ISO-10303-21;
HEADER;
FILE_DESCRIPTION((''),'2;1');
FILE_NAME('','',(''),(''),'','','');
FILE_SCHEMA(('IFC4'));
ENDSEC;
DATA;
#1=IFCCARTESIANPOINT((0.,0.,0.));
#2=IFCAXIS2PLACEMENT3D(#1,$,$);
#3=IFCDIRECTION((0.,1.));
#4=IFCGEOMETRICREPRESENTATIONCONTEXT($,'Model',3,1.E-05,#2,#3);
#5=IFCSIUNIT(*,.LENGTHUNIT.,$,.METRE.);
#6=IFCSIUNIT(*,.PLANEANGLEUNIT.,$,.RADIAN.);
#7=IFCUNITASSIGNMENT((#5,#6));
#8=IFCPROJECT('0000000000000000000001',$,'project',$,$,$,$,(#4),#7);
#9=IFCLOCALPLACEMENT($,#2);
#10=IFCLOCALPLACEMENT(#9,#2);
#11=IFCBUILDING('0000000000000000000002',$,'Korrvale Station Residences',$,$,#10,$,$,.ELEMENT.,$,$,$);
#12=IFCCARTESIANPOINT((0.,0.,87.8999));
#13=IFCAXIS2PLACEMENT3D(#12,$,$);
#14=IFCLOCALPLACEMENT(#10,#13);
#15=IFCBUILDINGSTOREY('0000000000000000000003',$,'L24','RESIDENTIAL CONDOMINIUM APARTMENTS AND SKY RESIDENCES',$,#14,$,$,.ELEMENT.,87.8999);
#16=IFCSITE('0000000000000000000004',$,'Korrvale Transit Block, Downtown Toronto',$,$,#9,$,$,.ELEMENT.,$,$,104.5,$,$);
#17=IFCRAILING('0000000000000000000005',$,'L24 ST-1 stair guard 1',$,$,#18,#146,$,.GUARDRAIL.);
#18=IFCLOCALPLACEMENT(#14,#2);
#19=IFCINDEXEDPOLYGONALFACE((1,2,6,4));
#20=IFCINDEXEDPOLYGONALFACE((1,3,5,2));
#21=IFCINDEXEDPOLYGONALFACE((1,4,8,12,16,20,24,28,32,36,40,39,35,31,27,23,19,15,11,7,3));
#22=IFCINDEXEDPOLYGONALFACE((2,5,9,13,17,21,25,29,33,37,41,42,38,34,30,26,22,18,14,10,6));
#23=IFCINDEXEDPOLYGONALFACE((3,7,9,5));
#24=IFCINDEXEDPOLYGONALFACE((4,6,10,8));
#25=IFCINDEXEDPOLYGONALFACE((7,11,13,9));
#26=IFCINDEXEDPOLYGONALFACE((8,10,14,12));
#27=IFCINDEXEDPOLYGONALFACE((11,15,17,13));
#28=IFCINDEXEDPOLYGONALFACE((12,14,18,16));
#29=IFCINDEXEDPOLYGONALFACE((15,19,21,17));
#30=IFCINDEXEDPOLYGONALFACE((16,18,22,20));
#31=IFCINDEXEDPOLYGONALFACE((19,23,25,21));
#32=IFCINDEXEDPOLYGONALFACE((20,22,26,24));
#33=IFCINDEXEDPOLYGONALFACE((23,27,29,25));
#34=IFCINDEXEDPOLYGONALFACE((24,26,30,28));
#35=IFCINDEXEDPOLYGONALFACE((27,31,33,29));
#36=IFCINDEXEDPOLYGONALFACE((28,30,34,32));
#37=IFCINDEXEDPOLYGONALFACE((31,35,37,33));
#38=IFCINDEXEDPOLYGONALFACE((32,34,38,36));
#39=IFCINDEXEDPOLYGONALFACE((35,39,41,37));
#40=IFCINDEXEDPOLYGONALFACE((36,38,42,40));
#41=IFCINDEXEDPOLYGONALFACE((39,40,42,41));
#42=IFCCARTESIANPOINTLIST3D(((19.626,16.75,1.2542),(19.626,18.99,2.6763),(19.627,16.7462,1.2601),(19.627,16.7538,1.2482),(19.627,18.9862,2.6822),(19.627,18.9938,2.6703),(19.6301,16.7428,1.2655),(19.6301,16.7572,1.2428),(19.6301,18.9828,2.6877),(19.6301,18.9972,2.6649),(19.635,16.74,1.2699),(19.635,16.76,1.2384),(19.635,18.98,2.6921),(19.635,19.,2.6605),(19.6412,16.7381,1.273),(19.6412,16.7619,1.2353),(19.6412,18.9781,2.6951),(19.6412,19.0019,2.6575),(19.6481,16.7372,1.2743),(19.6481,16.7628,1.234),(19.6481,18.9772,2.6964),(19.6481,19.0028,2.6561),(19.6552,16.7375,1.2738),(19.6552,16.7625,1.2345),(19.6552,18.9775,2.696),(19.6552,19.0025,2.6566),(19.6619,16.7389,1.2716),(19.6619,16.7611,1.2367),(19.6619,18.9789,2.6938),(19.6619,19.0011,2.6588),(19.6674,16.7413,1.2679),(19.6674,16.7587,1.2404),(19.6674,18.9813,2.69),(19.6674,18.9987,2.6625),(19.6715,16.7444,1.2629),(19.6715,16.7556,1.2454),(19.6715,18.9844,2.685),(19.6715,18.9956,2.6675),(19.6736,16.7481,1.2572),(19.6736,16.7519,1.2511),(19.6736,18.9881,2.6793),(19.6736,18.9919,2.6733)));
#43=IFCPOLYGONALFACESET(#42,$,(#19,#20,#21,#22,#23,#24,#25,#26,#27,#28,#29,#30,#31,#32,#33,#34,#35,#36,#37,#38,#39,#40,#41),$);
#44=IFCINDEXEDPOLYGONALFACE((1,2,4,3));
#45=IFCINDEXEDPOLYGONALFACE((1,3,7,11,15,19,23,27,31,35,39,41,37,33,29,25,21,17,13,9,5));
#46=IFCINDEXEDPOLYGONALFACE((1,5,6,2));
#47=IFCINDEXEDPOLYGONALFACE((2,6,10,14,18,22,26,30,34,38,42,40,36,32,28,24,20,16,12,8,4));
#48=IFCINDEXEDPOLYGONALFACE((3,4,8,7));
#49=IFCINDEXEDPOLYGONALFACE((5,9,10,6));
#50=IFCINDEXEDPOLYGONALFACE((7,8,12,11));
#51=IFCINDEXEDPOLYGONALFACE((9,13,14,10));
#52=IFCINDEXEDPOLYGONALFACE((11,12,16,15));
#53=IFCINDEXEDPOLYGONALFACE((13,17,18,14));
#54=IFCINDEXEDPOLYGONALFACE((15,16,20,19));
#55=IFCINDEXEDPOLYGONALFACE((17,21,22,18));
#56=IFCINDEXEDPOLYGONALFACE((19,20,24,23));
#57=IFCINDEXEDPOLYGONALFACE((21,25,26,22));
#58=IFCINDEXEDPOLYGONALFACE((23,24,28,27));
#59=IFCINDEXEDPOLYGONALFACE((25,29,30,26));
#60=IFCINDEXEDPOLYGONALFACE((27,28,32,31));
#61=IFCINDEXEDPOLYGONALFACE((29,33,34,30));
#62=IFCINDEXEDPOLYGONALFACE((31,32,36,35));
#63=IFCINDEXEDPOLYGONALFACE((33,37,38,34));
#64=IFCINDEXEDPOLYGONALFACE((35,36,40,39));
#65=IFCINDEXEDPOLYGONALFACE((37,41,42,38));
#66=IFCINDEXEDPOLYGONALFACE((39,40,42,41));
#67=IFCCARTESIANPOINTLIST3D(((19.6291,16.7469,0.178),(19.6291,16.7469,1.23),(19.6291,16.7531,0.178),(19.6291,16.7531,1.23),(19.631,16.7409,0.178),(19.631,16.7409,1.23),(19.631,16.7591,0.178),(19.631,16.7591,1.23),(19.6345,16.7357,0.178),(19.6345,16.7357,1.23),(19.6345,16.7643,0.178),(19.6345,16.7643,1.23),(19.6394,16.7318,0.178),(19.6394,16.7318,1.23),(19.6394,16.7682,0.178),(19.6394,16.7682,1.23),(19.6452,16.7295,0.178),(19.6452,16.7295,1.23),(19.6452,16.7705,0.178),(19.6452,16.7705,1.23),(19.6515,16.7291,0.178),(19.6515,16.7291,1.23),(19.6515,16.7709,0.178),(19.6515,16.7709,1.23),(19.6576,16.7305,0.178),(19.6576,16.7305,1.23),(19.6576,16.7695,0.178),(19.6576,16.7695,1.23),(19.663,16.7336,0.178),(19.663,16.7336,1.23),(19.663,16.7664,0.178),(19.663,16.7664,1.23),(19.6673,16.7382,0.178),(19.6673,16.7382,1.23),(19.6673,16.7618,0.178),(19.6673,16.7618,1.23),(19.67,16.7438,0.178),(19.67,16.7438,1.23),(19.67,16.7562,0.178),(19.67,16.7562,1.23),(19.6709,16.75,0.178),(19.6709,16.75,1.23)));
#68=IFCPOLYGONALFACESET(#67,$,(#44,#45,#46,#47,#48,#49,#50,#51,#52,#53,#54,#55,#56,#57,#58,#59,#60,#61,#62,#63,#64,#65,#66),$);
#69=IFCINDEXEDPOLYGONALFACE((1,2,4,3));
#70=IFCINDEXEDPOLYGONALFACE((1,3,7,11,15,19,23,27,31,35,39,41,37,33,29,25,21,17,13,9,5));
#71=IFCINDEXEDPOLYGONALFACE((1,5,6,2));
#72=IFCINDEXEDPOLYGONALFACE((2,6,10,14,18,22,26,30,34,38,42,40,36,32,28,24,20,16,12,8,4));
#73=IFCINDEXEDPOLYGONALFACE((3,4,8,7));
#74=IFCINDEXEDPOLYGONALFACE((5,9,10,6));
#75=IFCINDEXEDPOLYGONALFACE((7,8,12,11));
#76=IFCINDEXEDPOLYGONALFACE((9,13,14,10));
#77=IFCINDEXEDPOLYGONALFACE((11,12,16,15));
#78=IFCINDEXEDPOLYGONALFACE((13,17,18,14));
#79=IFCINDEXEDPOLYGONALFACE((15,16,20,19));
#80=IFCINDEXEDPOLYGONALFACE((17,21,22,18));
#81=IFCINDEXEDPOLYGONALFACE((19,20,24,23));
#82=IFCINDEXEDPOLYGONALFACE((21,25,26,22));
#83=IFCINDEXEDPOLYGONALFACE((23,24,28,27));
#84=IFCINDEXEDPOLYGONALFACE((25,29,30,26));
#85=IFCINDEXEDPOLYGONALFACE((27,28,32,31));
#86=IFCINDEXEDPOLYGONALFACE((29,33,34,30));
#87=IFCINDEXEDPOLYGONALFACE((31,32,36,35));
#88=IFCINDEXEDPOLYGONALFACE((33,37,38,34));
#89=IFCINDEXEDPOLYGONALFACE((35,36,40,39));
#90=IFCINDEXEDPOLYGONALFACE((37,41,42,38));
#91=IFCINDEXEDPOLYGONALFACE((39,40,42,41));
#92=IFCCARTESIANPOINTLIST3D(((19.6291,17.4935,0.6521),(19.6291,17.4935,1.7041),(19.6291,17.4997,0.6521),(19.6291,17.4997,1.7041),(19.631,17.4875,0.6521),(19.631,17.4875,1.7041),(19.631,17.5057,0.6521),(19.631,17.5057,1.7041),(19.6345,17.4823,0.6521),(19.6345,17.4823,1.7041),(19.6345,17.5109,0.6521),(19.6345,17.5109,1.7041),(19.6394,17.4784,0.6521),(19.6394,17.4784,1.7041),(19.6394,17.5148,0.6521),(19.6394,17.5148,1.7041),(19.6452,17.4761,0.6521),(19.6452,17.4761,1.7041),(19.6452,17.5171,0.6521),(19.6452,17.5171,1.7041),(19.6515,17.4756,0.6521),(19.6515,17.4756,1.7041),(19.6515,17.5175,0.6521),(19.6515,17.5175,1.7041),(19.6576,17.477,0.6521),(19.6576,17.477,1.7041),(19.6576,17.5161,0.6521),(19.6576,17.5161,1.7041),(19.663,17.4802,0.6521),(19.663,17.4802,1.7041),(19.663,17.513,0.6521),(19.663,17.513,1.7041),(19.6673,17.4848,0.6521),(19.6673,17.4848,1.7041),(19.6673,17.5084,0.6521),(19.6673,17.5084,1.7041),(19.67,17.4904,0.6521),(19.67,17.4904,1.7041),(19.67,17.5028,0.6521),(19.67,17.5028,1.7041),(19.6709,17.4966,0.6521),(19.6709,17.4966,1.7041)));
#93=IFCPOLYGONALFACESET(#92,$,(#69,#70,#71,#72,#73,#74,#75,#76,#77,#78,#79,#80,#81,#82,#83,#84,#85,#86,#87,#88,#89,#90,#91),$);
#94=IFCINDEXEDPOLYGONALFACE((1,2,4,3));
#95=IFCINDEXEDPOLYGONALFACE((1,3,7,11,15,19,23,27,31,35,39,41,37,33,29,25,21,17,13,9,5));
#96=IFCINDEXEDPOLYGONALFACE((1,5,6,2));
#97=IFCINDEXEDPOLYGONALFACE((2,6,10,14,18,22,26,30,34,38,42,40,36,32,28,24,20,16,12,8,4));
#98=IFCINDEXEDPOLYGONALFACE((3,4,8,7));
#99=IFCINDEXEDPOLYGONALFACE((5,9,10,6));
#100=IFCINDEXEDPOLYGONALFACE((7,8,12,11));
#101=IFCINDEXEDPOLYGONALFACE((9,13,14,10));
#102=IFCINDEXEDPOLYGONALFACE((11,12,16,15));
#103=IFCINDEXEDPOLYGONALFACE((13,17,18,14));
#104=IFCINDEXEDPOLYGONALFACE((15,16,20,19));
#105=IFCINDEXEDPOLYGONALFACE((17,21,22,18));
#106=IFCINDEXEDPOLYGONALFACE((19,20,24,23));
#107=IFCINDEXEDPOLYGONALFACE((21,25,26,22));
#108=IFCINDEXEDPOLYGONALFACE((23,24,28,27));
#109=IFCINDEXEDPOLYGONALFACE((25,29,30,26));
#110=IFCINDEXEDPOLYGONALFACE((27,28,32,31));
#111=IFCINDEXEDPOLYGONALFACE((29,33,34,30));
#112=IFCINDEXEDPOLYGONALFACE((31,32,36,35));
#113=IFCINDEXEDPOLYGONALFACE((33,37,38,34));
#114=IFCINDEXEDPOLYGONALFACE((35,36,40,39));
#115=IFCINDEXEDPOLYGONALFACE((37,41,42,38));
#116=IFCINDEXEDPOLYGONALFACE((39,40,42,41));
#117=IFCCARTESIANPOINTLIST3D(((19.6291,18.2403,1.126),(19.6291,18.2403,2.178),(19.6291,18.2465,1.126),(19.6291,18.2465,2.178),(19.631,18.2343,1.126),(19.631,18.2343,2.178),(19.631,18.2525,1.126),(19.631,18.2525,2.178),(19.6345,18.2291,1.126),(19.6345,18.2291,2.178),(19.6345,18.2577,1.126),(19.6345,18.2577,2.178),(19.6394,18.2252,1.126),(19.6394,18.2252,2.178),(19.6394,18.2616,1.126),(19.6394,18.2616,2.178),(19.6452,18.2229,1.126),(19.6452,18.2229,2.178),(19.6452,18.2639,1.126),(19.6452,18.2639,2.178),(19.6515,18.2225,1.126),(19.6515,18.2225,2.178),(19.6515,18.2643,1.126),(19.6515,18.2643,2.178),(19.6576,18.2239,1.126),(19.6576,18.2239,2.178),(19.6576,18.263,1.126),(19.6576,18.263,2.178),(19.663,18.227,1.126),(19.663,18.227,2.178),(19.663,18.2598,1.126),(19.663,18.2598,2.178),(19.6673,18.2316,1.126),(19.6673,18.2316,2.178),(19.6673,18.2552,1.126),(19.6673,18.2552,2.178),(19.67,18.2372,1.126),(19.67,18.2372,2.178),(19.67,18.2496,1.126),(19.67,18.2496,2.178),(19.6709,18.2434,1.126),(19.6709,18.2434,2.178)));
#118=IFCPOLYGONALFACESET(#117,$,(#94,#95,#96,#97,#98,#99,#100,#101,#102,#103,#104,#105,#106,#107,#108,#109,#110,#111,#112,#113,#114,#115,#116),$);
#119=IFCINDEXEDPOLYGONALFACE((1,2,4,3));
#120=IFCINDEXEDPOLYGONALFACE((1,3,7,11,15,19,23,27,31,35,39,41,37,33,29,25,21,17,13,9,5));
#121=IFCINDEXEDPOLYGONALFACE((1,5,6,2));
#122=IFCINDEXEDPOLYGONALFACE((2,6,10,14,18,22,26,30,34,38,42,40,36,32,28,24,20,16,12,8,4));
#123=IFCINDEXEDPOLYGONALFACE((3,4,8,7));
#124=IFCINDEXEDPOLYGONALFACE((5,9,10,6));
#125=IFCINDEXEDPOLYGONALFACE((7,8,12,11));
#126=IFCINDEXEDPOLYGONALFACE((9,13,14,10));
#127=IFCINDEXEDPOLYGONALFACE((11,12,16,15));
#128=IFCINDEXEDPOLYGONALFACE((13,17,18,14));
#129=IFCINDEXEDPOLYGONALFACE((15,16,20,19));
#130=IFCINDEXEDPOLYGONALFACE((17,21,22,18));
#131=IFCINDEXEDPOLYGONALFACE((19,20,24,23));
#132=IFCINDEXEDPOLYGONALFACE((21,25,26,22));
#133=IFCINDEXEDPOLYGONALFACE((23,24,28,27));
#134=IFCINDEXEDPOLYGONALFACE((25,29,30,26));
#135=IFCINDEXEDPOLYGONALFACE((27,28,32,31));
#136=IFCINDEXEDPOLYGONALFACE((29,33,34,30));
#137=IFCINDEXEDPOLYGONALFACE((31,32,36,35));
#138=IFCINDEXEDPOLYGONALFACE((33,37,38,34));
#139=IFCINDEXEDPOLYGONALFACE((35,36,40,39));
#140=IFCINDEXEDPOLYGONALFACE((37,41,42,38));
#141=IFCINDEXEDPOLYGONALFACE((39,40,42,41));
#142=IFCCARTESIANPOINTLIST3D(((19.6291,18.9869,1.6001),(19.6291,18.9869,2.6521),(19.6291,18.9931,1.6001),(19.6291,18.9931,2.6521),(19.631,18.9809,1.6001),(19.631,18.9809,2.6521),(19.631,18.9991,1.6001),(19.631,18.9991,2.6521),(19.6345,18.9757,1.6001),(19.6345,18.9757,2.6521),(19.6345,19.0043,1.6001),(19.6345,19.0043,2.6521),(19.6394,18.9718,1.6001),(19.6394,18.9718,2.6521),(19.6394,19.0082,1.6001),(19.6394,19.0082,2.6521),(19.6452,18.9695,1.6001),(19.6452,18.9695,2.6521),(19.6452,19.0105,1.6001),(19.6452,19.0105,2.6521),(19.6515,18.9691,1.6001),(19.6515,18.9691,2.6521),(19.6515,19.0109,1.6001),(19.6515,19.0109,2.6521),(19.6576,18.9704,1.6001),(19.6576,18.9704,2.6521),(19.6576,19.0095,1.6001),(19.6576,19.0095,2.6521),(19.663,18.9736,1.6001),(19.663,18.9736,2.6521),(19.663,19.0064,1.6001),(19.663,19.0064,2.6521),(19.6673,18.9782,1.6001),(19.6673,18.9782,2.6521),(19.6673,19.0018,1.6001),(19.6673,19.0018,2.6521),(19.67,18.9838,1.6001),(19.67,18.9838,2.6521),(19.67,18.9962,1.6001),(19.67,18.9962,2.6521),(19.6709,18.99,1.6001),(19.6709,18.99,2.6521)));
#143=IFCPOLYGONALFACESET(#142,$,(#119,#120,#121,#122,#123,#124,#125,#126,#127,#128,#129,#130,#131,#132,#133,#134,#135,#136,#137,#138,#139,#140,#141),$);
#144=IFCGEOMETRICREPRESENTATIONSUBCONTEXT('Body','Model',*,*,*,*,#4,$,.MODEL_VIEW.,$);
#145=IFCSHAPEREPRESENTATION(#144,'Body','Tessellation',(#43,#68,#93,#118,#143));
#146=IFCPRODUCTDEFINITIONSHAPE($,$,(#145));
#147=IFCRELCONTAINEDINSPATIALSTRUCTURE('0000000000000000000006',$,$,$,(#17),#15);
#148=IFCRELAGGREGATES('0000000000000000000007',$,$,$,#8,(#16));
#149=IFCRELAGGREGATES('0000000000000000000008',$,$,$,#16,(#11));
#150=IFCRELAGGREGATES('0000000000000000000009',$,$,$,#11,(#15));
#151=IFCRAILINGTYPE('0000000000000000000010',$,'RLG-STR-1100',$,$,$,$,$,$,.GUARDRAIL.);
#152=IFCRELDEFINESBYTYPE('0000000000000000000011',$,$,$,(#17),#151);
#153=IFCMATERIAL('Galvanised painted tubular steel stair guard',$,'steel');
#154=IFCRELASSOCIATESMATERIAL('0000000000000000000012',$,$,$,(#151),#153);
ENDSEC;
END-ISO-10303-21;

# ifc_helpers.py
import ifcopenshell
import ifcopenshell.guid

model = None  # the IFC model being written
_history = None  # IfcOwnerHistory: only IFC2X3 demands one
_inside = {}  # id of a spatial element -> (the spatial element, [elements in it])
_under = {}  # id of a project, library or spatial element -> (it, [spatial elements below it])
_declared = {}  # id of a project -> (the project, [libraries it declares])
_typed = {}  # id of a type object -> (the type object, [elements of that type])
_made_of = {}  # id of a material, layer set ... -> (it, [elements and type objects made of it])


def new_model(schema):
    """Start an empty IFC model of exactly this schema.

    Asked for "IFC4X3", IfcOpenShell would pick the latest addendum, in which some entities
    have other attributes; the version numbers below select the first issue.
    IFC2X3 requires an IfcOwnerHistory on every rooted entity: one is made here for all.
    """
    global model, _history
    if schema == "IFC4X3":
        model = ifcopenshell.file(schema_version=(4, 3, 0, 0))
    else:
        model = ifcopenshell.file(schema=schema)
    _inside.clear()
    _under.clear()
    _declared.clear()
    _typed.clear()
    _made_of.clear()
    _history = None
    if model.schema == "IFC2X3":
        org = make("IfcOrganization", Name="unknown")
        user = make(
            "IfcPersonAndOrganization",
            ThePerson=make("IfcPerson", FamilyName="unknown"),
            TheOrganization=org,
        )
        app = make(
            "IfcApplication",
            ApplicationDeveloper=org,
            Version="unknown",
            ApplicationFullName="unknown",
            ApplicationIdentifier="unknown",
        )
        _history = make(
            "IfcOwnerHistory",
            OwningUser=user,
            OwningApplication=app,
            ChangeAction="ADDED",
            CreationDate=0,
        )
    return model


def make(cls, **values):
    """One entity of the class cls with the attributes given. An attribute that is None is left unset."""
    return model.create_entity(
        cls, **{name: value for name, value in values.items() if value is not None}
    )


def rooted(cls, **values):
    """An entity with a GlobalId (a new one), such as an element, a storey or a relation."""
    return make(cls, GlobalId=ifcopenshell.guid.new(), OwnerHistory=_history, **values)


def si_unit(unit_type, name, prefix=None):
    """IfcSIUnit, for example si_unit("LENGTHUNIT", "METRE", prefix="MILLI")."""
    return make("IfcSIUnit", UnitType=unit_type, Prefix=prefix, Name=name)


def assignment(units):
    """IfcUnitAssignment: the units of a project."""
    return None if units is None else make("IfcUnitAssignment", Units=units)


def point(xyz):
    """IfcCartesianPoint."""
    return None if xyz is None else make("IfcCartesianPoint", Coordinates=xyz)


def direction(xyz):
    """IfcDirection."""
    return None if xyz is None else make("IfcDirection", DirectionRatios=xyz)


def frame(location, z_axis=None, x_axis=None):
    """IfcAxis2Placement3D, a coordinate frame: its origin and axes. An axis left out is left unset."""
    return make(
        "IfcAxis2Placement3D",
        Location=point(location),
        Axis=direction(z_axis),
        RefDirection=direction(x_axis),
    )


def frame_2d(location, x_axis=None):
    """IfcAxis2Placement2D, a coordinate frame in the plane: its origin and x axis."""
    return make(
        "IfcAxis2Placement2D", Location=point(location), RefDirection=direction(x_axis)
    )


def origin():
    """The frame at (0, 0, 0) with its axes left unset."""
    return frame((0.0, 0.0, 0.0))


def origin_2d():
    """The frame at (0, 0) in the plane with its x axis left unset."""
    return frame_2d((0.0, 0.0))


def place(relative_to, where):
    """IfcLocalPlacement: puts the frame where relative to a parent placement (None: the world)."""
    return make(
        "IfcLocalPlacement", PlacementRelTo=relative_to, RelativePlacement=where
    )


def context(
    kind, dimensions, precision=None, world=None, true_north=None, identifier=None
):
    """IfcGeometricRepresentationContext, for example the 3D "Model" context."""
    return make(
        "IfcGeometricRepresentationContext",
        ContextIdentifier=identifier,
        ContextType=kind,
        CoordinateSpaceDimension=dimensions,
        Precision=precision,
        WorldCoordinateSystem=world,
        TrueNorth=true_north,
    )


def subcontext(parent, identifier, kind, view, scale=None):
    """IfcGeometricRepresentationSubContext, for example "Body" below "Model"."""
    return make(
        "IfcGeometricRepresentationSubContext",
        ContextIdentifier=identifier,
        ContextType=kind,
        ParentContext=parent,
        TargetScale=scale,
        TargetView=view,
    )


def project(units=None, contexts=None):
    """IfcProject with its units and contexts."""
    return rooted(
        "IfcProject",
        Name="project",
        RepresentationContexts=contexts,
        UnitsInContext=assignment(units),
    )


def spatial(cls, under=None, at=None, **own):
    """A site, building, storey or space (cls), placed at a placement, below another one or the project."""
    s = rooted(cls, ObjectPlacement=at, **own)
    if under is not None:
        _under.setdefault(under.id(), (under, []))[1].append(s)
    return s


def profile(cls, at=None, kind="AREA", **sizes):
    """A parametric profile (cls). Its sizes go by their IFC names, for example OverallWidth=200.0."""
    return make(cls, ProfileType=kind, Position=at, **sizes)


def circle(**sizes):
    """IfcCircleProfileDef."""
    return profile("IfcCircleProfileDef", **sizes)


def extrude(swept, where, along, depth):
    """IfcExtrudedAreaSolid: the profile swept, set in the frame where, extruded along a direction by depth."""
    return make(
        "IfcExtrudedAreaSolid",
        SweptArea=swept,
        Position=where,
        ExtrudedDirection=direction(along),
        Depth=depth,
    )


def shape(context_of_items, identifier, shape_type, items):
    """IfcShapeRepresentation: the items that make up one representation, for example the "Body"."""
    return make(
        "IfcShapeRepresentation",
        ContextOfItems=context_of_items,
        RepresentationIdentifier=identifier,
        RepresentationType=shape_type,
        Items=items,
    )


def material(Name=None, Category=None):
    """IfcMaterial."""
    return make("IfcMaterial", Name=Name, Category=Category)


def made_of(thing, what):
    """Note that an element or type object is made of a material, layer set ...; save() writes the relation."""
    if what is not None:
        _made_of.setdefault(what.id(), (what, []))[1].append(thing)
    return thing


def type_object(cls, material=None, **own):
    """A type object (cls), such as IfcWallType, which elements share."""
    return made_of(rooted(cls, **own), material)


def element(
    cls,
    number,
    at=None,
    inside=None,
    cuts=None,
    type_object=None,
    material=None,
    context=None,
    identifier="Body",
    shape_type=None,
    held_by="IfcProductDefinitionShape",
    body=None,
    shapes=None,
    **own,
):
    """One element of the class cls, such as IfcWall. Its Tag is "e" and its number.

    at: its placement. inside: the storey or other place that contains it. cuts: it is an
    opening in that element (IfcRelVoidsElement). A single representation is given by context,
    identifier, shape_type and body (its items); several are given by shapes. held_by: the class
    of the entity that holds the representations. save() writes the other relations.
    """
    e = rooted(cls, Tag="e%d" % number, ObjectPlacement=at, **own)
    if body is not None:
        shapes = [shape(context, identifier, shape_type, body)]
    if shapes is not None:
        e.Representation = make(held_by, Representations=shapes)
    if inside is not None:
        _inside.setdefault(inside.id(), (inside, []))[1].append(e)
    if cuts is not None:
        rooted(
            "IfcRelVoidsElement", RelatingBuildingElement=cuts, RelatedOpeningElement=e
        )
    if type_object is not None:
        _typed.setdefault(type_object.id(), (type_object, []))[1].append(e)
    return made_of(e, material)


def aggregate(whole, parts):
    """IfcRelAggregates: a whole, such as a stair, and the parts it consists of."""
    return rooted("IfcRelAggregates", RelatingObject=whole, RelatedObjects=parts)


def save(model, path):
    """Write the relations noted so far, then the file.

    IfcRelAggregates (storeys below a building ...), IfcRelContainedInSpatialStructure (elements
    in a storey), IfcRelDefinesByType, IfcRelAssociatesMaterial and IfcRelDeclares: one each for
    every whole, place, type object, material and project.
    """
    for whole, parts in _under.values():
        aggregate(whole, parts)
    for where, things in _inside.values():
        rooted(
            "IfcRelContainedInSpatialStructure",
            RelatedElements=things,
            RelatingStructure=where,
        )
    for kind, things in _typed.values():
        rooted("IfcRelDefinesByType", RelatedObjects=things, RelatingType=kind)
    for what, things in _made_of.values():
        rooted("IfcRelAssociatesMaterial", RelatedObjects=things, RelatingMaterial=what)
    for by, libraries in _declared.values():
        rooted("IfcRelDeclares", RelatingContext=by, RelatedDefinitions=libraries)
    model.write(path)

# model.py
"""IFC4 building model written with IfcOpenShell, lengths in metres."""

from ifc_helpers import new_model, si_unit, direction, frame, origin, origin_2d, place, context, subcontext, project, spatial, circle, extrude, material, type_object, element, save


model = new_model("IFC4")

# Units and contexts
model_context = context("Model", 3, precision=1e-05, world=origin(), true_north=direction((0.0, 1.0)))
body_context = subcontext(model_context, "Body", "Model", "MODEL_VIEW")
ifc_project = project(units=[si_unit("LENGTHUNIT", "METRE"), si_unit("PLANEANGLEUNIT", "RADIAN")], contexts=[model_context])

# Site, building, storey
site_placement = place(None, origin())
site = spatial("IfcSite", under=ifc_project, at=site_placement, Name="Korrvale Transit Block, Downtown Toronto", CompositionType="ELEMENT", RefElevation=104.5)
building_placement = place(site_placement, origin())
building = spatial("IfcBuilding", under=site, at=building_placement, Name="Korrvale Station Residences", CompositionType="ELEMENT")
storey_placement = place(building_placement, frame((0.0, 0.0, 87.8999)))
storey = spatial("IfcBuildingStorey", under=building, at=storey_placement, Name="L24", Description="RESIDENTIAL CONDOMINIUM APARTMENTS AND SKY RESIDENCES", CompositionType="ELEMENT", Elevation=87.8999)

# Railing
ifc_material_1 = material(Name="Galvanised painted tubular steel stair guard", Category="steel")
railing_type_1 = type_object("IfcRailingType", Name="RLG-STR-1100", PredefinedType="GUARDRAIL", material=ifc_material_1)
railing_1_placement = place(storey_placement, frame((19.6499, 16.75, 0.178)))
element("IfcRailing", 1, at=railing_1_placement, inside=storey, type_object=railing_type_1, Name="L24 ST-1 stair guard 1", PredefinedType="GUARDRAIL", context=body_context, shape_type="SweptSolid", body=[
    extrude(circle(Radius=0.0239, at=origin_2d()), frame((0.0, 0.0, 1.0762), z_axis=(0.0, 0.844229, 0.535982), x_axis=(-1.0, 0.0, 0.0)), (0.0, 0.0, 1.0), 2.6533),
    extrude(circle(Radius=0.021, at=origin_2d()), origin(), (0.0, 0.0, 1.0), 1.052),
    extrude(circle(Radius=0.021, at=origin_2d()), frame((0.0, 0.7466, 0.4741)), (0.0, 0.0, 1.0), 1.052),
    extrude(circle(Radius=0.021, at=origin_2d()), frame((0.0, 1.4934, 0.948)), (0.0, 0.0, 1.0), 1.052),
    extrude(circle(Radius=0.021, at=origin_2d()), frame((0.0, 2.24, 1.4221)), (0.0, 0.0, 1.0), 1.052),
])

save(model, "model.ifc")
